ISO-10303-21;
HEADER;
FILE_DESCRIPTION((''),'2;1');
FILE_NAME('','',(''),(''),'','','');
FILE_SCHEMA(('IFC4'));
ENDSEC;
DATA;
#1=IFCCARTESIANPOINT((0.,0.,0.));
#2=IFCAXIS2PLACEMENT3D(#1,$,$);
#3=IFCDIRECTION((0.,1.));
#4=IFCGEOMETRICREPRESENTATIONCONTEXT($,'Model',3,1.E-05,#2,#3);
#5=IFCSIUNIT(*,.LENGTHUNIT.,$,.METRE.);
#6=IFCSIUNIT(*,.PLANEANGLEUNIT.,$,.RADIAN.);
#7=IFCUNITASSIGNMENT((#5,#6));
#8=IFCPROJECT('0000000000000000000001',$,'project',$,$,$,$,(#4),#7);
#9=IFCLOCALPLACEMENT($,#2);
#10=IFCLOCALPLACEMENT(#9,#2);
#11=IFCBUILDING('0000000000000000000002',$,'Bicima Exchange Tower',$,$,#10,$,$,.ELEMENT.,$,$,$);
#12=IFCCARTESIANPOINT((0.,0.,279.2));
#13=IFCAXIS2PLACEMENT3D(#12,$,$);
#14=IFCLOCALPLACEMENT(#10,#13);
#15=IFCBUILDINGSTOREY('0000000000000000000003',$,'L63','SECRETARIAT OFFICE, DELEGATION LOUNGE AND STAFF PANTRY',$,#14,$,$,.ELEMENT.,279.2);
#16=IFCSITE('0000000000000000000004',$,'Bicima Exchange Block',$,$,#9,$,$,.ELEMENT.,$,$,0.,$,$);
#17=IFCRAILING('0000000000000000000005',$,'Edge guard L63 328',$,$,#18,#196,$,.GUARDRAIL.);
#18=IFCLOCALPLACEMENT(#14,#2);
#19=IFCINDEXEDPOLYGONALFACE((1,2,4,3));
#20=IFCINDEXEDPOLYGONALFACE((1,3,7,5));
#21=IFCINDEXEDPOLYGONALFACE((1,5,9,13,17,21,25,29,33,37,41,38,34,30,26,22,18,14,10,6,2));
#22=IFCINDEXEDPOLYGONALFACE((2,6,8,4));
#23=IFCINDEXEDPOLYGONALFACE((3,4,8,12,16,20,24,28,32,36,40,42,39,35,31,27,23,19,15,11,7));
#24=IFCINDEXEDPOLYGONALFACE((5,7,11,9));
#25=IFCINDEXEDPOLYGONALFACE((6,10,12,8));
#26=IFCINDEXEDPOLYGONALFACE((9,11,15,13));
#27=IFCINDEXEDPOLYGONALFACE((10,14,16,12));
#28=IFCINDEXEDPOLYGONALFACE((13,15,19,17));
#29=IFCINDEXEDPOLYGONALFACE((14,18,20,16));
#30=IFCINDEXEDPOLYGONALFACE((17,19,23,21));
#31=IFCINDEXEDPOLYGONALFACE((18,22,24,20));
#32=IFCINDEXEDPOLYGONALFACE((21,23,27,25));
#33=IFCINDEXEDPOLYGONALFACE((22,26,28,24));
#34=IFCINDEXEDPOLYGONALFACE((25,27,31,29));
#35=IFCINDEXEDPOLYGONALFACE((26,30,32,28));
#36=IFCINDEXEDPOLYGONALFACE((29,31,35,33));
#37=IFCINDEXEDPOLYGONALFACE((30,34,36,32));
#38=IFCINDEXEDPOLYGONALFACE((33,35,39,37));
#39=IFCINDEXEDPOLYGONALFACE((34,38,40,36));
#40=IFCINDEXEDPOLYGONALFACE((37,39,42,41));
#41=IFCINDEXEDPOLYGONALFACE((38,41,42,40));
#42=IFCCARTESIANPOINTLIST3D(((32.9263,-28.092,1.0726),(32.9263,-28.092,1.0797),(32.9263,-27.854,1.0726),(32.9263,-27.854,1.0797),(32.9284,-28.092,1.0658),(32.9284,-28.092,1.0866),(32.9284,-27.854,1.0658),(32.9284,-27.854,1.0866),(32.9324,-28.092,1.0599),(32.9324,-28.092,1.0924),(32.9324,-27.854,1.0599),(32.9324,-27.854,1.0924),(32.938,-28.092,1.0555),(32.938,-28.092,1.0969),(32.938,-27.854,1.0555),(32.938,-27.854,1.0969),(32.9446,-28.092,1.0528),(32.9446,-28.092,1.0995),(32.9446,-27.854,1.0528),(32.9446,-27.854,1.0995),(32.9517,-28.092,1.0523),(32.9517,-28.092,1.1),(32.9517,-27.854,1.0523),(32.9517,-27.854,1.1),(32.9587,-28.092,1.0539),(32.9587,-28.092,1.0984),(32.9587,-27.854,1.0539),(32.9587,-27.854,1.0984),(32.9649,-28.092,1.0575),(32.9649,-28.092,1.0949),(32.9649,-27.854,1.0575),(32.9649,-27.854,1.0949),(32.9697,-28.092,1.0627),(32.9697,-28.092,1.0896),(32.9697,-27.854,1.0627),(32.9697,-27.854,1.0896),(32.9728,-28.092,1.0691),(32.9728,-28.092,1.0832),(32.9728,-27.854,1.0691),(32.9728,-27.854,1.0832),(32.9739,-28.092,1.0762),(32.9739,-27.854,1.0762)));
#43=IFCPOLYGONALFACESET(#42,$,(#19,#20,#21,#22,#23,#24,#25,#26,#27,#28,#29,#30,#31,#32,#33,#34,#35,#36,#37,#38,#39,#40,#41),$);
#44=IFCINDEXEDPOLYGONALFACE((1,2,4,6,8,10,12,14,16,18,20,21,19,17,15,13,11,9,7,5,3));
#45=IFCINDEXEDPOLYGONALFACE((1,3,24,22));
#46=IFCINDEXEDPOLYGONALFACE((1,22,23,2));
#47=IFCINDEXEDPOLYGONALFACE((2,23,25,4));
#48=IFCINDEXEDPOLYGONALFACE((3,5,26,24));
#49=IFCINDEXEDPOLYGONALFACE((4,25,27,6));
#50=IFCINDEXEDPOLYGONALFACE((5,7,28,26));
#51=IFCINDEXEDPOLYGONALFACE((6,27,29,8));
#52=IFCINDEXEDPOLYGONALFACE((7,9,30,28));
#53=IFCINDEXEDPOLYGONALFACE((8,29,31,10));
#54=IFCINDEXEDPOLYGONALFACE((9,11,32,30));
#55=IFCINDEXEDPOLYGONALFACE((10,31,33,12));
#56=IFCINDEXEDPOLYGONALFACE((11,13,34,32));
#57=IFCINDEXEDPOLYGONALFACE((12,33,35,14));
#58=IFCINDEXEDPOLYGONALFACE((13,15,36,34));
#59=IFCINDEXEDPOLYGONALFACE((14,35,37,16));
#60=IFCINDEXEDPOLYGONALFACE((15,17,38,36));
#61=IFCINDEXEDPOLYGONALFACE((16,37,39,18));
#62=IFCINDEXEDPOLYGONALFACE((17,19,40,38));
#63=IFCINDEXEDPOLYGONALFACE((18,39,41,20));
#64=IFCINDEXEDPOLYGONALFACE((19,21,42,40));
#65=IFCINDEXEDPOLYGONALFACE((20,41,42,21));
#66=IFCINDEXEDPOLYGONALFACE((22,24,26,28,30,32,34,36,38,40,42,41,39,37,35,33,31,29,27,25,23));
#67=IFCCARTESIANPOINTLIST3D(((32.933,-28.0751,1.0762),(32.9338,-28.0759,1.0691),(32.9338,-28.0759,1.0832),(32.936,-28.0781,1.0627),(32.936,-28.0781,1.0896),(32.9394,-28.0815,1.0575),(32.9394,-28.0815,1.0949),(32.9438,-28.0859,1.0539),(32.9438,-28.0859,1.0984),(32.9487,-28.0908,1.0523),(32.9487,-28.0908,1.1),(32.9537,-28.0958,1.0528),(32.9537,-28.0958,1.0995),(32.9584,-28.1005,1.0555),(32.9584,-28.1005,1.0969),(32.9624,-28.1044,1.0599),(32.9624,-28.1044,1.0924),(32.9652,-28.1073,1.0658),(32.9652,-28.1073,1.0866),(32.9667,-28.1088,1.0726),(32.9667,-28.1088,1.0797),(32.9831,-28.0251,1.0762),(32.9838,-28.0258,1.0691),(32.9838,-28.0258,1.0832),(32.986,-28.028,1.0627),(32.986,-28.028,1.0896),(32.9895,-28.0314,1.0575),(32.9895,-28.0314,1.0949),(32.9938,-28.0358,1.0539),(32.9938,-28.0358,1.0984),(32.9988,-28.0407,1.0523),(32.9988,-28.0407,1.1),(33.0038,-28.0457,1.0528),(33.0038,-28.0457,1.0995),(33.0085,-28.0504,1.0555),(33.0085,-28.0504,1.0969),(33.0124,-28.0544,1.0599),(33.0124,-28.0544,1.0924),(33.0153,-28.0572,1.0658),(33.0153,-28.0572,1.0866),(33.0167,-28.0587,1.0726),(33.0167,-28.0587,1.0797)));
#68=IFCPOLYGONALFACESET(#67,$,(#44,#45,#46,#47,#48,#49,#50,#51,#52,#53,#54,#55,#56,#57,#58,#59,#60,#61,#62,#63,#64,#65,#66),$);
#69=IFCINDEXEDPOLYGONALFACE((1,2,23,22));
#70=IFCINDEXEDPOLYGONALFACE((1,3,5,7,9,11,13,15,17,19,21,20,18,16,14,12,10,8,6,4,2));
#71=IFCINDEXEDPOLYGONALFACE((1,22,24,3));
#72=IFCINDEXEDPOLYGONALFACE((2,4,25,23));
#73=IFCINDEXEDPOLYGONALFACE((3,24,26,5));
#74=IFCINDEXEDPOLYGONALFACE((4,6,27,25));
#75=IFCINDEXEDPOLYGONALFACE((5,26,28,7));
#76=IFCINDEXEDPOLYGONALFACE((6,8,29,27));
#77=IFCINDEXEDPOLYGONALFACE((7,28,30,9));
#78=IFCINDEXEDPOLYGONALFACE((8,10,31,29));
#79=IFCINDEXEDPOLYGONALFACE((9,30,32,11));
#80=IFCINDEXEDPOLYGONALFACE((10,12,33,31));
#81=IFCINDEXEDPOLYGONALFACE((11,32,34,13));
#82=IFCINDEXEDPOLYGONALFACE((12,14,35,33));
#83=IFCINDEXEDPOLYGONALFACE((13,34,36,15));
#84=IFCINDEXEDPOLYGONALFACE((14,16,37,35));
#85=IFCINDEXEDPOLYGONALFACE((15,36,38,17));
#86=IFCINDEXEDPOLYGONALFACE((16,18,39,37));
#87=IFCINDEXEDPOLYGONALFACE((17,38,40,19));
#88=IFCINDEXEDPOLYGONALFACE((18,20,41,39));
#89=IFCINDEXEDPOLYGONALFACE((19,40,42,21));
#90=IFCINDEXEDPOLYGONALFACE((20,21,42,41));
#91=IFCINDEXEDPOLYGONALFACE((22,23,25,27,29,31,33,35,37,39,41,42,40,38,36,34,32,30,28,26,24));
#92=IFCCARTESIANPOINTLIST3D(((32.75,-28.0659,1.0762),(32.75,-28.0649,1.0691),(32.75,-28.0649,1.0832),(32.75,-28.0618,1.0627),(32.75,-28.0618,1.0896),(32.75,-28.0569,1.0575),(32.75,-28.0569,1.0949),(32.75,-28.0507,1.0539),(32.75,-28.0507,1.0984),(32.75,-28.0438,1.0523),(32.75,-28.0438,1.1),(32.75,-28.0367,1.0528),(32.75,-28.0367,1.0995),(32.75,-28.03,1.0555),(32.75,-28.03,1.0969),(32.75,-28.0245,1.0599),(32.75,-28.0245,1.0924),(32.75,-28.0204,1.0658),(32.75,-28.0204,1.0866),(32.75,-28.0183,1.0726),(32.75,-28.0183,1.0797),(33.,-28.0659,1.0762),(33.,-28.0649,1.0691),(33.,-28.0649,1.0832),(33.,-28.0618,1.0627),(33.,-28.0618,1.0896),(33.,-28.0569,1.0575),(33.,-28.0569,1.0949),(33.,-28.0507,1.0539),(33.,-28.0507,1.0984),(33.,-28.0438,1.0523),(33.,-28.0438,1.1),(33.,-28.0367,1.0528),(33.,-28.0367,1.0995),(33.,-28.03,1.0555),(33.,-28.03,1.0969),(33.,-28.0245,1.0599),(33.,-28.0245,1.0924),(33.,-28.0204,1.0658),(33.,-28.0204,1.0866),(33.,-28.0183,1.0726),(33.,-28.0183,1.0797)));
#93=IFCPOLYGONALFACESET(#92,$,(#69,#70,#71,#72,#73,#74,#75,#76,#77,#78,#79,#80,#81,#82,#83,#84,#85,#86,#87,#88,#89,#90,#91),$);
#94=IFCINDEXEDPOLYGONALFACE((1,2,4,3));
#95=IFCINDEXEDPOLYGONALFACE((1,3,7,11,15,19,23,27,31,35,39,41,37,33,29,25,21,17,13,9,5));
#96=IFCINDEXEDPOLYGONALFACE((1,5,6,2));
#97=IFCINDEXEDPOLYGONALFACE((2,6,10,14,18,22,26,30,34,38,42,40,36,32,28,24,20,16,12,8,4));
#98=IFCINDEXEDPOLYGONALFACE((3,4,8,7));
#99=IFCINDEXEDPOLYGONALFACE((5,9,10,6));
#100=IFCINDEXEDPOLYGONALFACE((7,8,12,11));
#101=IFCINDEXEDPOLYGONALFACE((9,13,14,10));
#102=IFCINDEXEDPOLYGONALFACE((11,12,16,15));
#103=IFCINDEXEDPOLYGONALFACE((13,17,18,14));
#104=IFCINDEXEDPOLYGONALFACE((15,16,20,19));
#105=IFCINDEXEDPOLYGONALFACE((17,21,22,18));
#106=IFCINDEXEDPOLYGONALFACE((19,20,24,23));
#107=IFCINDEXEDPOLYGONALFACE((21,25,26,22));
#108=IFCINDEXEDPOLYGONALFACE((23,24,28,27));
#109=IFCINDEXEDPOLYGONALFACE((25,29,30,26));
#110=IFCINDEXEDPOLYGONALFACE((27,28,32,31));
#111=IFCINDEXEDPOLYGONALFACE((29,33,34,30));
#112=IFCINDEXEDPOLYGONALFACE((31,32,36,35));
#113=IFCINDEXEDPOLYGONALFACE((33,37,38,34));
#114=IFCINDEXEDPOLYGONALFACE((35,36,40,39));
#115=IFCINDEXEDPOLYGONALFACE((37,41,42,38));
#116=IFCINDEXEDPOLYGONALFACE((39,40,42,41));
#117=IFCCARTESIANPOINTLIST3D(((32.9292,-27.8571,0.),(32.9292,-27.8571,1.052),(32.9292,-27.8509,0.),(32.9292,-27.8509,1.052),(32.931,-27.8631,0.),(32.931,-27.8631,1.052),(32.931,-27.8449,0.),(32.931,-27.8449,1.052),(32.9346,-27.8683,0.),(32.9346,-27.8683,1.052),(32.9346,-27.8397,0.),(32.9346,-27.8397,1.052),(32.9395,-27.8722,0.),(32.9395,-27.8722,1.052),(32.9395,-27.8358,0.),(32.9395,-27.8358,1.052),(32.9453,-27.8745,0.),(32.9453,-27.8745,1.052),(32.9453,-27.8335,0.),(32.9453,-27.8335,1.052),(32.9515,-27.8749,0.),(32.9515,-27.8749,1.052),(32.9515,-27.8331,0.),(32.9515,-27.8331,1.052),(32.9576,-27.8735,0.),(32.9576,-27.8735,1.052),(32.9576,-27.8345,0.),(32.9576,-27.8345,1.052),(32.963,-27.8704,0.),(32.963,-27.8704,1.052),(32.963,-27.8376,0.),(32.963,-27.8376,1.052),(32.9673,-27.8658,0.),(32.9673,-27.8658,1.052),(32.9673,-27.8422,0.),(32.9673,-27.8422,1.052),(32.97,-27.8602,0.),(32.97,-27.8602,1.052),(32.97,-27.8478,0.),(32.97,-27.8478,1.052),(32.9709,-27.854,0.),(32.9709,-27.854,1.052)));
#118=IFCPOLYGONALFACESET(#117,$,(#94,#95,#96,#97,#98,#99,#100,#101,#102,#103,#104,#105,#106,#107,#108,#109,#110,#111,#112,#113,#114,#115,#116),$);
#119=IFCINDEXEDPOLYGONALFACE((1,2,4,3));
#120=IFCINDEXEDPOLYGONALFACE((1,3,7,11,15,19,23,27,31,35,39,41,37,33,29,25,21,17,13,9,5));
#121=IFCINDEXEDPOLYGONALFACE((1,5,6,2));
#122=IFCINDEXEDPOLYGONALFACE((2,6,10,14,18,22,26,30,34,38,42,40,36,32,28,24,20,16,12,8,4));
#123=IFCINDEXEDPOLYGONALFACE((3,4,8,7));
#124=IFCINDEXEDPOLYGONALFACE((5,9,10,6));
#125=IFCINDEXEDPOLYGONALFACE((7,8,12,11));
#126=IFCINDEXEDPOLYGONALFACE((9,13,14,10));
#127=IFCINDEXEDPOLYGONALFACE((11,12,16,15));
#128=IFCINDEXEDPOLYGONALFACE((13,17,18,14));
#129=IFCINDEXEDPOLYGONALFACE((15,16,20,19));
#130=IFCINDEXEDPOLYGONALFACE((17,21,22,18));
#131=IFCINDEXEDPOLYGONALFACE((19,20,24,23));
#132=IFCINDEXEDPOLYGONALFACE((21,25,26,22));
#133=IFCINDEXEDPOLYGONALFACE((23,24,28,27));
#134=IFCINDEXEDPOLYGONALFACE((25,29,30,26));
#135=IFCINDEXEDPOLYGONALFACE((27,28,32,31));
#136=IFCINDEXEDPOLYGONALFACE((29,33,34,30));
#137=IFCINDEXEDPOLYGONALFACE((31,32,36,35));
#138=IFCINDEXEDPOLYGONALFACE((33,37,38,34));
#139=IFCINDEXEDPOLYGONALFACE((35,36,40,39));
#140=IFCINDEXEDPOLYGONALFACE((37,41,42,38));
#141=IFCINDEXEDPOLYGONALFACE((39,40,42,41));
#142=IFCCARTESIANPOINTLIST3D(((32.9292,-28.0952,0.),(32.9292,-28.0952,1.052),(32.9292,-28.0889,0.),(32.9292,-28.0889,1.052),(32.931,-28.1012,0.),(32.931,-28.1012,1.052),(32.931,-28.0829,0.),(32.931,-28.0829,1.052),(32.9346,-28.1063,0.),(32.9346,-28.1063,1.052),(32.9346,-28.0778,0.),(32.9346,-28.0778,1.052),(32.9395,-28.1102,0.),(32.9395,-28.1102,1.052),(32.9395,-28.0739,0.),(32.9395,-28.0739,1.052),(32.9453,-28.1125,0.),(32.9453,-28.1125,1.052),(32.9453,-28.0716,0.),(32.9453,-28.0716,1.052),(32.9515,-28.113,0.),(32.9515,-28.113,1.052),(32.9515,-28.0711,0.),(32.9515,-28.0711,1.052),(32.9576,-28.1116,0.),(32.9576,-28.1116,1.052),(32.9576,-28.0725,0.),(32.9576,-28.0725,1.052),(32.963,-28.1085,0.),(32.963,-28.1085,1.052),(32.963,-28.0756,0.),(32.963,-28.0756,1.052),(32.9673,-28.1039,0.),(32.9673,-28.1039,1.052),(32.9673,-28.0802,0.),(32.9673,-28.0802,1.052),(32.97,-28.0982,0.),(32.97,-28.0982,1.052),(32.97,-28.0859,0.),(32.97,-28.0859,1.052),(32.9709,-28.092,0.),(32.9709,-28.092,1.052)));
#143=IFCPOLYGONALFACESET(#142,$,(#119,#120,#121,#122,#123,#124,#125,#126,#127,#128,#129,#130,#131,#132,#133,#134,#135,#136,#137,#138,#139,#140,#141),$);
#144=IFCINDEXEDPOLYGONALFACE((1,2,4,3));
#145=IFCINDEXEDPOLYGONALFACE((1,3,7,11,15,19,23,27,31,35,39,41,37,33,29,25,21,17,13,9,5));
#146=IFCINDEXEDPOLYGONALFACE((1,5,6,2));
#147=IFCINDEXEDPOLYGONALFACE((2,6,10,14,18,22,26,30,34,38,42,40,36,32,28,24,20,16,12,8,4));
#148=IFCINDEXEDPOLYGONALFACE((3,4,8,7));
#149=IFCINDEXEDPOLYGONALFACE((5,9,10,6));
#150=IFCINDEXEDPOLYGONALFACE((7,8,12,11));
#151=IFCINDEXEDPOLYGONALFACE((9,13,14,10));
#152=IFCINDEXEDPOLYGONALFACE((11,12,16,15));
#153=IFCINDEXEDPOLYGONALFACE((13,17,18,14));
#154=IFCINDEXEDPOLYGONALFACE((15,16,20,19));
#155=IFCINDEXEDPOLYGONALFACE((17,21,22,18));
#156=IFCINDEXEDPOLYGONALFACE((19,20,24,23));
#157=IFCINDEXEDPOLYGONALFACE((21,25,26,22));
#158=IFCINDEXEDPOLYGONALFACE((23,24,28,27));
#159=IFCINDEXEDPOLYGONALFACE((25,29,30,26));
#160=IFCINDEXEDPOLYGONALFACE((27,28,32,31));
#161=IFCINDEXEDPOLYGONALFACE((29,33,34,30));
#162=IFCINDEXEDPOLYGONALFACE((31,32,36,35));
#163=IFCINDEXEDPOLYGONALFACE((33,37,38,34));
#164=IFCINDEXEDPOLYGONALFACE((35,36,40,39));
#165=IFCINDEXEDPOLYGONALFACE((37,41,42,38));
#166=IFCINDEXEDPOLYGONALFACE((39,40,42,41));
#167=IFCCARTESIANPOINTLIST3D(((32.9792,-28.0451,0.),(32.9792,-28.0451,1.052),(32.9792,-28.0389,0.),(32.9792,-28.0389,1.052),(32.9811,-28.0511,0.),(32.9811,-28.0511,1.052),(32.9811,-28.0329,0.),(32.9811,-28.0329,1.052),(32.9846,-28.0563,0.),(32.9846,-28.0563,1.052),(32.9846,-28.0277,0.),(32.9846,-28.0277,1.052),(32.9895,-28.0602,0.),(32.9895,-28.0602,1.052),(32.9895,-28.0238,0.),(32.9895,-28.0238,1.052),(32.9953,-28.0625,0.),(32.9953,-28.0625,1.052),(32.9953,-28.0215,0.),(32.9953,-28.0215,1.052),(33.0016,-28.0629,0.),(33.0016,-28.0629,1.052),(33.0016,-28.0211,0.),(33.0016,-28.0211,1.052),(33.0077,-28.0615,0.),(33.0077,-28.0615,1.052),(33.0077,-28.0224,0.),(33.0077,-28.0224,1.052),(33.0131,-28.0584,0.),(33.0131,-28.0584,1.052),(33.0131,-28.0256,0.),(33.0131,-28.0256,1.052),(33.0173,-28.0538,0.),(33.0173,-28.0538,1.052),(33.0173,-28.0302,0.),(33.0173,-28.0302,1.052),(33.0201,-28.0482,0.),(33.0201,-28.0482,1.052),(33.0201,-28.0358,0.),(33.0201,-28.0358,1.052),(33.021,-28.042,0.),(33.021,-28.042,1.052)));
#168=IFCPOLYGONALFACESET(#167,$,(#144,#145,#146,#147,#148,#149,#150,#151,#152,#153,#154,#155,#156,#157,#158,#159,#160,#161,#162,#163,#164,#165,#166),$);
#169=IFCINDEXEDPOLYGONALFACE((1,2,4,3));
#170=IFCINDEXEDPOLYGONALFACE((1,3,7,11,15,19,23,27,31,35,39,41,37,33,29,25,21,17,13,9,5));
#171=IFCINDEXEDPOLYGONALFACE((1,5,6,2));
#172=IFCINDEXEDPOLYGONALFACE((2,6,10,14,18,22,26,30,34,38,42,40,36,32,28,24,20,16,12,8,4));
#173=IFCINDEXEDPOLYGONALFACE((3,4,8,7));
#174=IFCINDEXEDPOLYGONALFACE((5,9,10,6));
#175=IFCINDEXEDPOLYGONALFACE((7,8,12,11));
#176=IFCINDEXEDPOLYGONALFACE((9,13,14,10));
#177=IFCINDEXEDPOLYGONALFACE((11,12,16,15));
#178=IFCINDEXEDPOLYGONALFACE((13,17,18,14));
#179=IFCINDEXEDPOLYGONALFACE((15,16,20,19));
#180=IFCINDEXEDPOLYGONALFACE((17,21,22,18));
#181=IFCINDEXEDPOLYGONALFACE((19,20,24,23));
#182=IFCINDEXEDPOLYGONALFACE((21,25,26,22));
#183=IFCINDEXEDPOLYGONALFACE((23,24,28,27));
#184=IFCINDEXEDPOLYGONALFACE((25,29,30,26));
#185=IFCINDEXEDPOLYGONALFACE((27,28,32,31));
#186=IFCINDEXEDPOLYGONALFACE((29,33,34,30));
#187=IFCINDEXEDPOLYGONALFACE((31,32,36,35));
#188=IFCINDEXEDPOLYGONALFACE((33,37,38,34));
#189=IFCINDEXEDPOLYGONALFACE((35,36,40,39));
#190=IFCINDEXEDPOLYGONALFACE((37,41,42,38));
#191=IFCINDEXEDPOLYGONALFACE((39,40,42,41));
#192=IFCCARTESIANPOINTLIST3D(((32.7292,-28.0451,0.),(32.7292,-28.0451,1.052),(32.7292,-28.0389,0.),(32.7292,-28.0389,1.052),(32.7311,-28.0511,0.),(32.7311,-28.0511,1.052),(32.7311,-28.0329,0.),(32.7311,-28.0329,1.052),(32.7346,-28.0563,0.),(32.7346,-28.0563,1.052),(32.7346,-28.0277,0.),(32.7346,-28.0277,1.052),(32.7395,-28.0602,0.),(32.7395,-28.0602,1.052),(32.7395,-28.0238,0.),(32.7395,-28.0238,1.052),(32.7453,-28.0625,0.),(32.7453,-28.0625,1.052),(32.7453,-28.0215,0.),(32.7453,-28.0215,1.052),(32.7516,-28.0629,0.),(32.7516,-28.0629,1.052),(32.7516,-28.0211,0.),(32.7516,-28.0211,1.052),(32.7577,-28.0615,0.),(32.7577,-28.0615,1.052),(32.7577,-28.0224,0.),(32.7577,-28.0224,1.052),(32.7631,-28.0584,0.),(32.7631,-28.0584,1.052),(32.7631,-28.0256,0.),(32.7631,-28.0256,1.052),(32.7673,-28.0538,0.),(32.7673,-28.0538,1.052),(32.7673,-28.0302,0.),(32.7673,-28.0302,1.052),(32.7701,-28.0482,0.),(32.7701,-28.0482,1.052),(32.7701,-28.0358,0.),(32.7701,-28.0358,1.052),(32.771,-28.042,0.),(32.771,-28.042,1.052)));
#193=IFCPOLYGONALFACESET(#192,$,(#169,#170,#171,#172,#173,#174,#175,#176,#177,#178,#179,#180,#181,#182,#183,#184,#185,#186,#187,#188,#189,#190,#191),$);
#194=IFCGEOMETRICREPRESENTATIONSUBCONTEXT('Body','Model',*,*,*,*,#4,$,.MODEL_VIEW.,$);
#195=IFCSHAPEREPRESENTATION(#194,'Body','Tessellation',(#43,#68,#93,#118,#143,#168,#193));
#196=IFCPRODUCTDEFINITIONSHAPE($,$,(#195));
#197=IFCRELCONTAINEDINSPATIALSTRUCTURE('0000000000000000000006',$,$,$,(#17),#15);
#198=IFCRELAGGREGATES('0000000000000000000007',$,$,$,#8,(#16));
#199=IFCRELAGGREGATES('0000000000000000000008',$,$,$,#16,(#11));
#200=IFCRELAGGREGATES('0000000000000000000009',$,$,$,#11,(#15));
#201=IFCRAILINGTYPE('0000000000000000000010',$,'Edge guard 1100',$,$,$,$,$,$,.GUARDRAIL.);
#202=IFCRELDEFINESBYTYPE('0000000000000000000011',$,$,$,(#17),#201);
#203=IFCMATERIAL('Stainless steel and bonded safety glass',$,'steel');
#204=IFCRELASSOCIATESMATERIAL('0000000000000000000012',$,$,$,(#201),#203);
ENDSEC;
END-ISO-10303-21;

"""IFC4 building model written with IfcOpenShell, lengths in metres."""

from ifc_helpers import new_model, si_unit, direction, frame, origin, origin_2d, place, context, subcontext, project, spatial, circle, extrude, material, type_object, element, save


model = new_model("IFC4")

# Units and contexts
model_context = context("Model", 3, precision=1e-05, world=origin(), true_north=direction((0.0, 1.0)))
body_context = subcontext(model_context, "Body", "Model", "MODEL_VIEW")
ifc_project = project(units=[si_unit("LENGTHUNIT", "METRE"), si_unit("PLANEANGLEUNIT", "RADIAN")], contexts=[model_context])

# Site, building, storey
site_placement = place(None, origin())
site = spatial("IfcSite", under=ifc_project, at=site_placement, Name="Bicima Exchange Block", CompositionType="ELEMENT", RefElevation=0.0)
building_placement = place(site_placement, origin())
building = spatial("IfcBuilding", under=site, at=building_placement, Name="Bicima Exchange Tower", CompositionType="ELEMENT")
storey_placement = place(building_placement, frame((0.0, 0.0, 279.2)))
storey = spatial("IfcBuildingStorey", under=building, at=storey_placement, Name="L63", Description="SECRETARIAT OFFICE, DELEGATION LOUNGE AND STAFF PANTRY", CompositionType="ELEMENT", Elevation=279.2)

# Railing
ifc_material_1 = material(Name="Stainless steel and bonded safety glass", Category="steel")
railing_type = type_object("IfcRailingType", Name="Edge guard 1100", PredefinedType="GUARDRAIL", material=ifc_material_1)
railing_1_placement = place(storey_placement, frame((32.95, -27.854, 0.0)))
element("IfcRailing", 1, at=railing_1_placement, inside=storey, type_object=railing_type, Name="Edge guard L63 328", PredefinedType="GUARDRAIL", context=body_context, shape_type="SweptSolid", body=[
    extrude(circle(Radius=0.0239, at=origin_2d()), frame((0.0, 0.0, 1.0762), z_axis=(0.0, -1.0, 0.0), x_axis=(1.0, 0.0, 0.0)), (0.0, 0.0, 1.0), 0.238),
    extrude(circle(Radius=0.0239, at=origin_2d()), frame((0.0, -0.238, 1.0762), z_axis=(0.707107, 0.707107, 0.0), x_axis=(-0.707107, 0.707107, 0.0)), (0.0, 0.0, 1.0), 0.0708),
    extrude(circle(Radius=0.0239, at=origin_2d()), frame((0.05, -0.188, 1.0762), z_axis=(-1.0, 0.0, 0.0), x_axis=(0.0, -1.0, 0.0)), (0.0, 0.0, 1.0), 0.25),
    extrude(circle(Radius=0.021, at=origin_2d()), origin(), (0.0, 0.0, 1.0), 1.052),
    extrude(circle(Radius=0.021, at=origin_2d()), frame((0.0, -0.238, 0.0)), (0.0, 0.0, 1.0), 1.052),
    extrude(circle(Radius=0.021, at=origin_2d()), frame((0.05, -0.188, 0.0)), (0.0, 0.0, 1.0), 1.052),
    extrude(circle(Radius=0.021, at=origin_2d()), frame((-0.2, -0.188, 0.0)), (0.0, 0.0, 1.0), 1.052),
])

save(model, "model.ifc")
